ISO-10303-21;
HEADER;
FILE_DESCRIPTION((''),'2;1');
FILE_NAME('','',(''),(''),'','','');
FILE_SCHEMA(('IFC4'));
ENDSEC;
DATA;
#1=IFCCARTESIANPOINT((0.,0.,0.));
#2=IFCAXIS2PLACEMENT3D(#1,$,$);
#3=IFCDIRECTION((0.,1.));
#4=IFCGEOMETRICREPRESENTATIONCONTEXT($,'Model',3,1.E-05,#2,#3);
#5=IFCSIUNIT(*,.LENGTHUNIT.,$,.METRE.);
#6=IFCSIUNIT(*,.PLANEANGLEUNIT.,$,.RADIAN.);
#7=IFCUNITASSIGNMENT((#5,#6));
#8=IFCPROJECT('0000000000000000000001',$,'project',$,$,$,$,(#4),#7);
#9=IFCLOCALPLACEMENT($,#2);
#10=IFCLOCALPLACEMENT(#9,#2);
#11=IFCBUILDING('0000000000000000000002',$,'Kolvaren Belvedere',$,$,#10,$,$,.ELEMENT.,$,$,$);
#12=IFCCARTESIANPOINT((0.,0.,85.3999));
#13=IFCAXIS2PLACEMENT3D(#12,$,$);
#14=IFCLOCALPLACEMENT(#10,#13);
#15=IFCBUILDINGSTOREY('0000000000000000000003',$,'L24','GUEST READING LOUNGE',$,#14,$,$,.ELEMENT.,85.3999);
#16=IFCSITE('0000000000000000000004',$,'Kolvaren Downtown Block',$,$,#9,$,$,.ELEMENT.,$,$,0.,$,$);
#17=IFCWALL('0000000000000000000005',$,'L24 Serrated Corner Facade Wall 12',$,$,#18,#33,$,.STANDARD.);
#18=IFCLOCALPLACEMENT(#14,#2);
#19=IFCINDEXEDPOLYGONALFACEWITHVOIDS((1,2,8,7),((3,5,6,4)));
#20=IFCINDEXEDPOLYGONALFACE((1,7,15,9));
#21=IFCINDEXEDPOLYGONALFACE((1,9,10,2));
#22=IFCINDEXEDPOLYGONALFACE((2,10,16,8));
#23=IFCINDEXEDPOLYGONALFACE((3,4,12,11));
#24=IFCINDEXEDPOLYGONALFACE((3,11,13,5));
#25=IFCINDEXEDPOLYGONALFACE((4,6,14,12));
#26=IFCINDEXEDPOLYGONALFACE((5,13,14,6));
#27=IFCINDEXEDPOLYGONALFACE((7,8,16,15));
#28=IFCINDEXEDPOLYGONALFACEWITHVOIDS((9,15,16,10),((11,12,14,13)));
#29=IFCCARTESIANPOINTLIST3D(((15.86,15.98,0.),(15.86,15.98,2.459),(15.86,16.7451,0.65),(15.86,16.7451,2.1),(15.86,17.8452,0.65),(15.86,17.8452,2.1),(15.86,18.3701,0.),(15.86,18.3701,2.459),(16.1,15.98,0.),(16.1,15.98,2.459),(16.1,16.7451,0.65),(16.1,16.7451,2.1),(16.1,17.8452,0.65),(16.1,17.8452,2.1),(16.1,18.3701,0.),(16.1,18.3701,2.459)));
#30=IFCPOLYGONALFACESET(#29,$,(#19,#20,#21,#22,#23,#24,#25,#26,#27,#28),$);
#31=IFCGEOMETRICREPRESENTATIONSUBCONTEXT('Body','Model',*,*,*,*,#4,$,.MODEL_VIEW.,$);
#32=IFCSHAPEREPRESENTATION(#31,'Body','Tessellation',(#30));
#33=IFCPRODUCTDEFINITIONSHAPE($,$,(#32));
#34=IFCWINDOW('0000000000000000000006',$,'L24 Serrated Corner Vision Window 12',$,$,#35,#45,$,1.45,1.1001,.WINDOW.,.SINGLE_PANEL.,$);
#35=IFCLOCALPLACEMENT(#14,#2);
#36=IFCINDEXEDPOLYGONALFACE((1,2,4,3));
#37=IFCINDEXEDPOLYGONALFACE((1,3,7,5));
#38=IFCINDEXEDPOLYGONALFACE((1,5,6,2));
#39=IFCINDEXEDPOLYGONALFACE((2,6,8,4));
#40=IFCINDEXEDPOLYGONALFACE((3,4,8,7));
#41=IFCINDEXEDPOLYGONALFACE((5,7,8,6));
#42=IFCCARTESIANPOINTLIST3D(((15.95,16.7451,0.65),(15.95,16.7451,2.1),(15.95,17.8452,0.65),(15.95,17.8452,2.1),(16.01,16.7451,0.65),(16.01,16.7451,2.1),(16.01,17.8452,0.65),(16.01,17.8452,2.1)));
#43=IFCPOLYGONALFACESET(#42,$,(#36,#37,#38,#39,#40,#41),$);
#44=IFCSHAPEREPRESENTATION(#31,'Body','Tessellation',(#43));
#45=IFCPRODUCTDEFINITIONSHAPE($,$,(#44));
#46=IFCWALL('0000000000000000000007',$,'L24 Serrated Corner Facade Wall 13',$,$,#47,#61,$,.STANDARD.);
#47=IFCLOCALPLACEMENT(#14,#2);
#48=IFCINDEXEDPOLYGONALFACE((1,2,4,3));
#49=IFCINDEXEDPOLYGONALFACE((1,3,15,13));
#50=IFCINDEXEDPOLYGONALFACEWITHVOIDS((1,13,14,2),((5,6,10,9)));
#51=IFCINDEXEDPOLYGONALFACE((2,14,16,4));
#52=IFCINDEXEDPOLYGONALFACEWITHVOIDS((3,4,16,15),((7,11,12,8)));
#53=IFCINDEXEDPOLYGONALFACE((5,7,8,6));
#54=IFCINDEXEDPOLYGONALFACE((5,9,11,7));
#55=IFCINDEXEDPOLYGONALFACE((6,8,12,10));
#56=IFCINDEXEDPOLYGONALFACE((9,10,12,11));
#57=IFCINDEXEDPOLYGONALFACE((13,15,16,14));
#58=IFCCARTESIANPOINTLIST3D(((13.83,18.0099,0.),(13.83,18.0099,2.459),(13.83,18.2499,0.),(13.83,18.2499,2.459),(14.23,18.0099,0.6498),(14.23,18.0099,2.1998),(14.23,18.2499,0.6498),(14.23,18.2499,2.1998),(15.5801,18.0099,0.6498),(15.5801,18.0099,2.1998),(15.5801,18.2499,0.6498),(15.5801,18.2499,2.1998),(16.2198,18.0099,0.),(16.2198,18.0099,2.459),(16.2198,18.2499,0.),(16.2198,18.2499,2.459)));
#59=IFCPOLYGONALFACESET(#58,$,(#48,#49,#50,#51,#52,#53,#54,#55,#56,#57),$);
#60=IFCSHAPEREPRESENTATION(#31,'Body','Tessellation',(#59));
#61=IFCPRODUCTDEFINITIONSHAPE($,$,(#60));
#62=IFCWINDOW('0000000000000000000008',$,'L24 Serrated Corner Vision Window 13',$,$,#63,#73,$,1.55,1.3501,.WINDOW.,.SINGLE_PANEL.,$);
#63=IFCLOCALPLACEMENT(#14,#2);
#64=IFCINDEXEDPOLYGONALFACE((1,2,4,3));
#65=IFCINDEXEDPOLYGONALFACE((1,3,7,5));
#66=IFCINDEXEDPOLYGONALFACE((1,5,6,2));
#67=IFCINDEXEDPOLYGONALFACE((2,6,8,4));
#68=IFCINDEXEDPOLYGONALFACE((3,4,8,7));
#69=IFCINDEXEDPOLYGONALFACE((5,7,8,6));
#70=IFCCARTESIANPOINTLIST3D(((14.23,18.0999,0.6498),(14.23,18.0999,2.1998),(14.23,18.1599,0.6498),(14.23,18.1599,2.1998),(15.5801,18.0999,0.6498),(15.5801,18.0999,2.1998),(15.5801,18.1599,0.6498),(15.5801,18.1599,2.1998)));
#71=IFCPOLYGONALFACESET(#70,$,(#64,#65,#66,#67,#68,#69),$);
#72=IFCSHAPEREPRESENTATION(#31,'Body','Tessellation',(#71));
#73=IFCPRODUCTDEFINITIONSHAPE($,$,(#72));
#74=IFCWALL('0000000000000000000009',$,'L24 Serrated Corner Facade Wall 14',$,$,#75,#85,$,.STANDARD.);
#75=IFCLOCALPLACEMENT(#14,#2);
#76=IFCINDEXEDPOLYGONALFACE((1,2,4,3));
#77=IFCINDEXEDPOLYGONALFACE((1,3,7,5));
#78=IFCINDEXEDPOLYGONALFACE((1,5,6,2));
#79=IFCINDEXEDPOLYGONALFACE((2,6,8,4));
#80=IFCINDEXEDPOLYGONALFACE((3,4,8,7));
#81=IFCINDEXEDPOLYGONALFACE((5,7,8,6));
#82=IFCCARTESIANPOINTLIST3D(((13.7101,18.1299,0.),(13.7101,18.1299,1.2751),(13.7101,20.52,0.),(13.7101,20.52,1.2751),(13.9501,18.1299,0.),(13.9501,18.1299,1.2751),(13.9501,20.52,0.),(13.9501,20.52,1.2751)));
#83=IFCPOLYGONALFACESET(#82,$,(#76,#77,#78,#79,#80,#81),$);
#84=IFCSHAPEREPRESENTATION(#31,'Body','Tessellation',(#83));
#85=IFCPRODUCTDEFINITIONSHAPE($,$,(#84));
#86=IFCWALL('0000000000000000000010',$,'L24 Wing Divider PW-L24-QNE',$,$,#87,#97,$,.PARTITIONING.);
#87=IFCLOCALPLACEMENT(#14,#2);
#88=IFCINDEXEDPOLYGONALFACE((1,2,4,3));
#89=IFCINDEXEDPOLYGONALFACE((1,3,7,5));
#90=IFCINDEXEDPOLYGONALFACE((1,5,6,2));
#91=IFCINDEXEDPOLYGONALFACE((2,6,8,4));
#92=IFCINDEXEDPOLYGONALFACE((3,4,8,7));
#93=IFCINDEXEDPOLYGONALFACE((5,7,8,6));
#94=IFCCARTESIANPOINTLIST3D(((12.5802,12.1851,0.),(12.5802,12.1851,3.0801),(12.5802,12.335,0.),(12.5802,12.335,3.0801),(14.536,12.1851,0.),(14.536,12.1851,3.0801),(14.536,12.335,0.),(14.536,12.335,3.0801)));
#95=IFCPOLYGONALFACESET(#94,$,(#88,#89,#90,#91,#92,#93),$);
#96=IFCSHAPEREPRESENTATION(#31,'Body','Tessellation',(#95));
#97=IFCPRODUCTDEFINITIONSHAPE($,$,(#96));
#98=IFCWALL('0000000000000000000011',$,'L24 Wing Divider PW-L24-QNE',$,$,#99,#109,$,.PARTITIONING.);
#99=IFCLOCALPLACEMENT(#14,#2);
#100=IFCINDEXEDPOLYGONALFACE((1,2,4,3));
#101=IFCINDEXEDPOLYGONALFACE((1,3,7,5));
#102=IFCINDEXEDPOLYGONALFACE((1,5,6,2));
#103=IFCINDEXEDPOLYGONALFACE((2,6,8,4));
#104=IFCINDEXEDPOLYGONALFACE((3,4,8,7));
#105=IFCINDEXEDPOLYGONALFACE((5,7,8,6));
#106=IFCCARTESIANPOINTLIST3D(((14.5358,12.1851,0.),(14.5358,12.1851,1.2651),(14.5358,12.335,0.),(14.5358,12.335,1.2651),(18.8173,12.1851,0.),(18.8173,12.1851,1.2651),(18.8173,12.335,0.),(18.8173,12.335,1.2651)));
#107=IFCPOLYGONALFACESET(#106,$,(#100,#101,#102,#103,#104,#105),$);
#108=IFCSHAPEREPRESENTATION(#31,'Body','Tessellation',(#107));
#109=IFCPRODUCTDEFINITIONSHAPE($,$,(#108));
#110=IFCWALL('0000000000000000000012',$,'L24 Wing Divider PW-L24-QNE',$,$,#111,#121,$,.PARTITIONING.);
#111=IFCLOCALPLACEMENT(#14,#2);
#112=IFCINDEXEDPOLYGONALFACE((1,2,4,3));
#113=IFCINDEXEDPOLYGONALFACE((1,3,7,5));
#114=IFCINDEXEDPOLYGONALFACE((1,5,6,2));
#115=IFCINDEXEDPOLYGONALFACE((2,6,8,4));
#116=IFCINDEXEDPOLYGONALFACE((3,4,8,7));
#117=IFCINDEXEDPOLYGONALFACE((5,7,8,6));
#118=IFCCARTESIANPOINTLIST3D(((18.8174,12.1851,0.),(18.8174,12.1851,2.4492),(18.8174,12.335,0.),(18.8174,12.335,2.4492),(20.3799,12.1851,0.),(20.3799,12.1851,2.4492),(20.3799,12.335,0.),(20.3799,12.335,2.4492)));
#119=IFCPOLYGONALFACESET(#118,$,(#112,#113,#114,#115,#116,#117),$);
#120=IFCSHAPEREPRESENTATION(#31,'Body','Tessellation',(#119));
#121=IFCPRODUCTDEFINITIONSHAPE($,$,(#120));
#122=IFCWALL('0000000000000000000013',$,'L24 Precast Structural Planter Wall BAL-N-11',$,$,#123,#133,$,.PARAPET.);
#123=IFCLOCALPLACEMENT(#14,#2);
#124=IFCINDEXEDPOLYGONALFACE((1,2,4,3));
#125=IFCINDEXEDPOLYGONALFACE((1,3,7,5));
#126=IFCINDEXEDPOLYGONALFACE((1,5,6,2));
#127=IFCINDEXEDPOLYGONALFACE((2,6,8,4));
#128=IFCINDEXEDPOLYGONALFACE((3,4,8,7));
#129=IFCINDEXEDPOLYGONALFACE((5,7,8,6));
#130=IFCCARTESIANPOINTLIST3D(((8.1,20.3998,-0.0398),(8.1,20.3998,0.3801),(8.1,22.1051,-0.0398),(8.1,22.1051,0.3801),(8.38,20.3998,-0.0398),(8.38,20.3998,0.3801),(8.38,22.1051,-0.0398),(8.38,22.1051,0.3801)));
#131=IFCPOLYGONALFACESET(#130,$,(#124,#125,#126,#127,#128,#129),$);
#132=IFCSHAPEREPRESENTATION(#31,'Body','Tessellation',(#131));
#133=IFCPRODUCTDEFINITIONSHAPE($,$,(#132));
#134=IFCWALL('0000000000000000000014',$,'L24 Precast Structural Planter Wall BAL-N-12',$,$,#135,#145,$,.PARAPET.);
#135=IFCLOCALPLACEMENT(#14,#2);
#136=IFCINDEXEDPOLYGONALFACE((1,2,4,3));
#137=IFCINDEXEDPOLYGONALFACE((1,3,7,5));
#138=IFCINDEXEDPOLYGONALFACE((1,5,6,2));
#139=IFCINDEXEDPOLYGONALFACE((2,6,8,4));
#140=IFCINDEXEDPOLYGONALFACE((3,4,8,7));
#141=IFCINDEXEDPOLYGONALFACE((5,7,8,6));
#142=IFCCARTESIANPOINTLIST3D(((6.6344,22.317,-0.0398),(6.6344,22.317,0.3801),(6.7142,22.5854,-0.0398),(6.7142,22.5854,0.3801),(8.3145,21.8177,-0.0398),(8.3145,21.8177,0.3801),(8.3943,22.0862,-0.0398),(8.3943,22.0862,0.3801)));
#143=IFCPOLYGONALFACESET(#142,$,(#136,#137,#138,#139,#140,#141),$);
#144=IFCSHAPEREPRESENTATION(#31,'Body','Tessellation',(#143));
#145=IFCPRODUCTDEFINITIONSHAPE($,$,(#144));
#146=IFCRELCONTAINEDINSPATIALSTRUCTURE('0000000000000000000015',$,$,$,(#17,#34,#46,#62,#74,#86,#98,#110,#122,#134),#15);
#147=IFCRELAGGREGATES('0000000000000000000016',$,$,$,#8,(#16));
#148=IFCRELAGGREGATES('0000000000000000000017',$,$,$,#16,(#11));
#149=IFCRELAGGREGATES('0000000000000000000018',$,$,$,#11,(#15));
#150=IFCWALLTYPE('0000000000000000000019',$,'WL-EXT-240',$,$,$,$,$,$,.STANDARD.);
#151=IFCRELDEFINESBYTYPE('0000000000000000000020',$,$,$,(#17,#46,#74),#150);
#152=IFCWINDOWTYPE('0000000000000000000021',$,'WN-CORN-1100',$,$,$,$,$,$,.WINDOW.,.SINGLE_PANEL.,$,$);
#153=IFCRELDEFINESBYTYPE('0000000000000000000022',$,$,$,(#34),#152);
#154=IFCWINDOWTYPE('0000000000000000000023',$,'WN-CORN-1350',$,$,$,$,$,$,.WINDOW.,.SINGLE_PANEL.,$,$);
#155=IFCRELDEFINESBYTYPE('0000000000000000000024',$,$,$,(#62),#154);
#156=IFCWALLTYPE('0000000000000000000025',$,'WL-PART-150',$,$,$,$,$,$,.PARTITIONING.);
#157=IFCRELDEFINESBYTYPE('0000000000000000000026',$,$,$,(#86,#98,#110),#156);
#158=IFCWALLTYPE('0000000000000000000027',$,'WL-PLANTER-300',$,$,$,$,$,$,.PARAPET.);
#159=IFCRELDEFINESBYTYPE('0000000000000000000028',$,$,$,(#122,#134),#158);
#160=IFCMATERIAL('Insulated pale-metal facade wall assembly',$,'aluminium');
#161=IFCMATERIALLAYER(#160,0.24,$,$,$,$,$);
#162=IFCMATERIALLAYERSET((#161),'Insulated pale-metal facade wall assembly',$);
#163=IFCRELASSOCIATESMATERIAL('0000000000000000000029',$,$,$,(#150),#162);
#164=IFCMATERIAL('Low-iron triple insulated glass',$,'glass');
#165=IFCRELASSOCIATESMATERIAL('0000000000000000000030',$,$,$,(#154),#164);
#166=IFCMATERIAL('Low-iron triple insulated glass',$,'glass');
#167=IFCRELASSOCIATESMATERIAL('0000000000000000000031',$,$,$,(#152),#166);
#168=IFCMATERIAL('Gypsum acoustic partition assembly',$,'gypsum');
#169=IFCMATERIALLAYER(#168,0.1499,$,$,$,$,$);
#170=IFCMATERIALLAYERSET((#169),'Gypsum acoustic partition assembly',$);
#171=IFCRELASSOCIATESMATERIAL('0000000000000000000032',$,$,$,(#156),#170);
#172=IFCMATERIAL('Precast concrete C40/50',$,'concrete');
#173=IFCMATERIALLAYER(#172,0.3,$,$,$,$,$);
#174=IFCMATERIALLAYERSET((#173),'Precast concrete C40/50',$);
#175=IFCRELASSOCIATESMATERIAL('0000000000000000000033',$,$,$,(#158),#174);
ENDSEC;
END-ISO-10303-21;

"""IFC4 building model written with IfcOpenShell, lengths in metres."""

from ifc_helpers import new_model, si_unit, direction, frame, frame_2d, origin, place, context, subcontext, project, spatial, rectangle, extrude, material, layer, layer_set, type_object, element, fill, save


model = new_model("IFC4")

# Units and contexts
model_context = context("Model", 3, precision=1e-05, world=origin(), true_north=direction((0.0, 1.0)))
body_context = subcontext(model_context, "Body", "Model", "MODEL_VIEW")
ifc_project = project(units=[si_unit("LENGTHUNIT", "METRE"), si_unit("PLANEANGLEUNIT", "RADIAN")], contexts=[model_context])

# Site, building, storey
site_placement = place(None, origin())
site = spatial("IfcSite", under=ifc_project, at=site_placement, Name="Kolvaren Downtown Block", CompositionType="ELEMENT", RefElevation=0.0)
building_placement = place(site_placement, origin())
building = spatial("IfcBuilding", under=site, at=building_placement, Name="Kolvaren Belvedere", CompositionType="ELEMENT")
storey_placement = place(building_placement, frame((0.0, 0.0, 85.3999)))
storey = spatial("IfcBuildingStorey", under=building, at=storey_placement, Name="L24", Description="GUEST READING LOUNGE", CompositionType="ELEMENT", Elevation=85.3999)

# Shared definitions
ifc_material_1 = material(Name="Insulated pale-metal facade wall assembly", Category="aluminium")
ifc_layer_1 = layer(ifc_material_1, 0.24)
ifc_layer_set_1 = layer_set([ifc_layer_1], Name="Insulated pale-metal facade wall assembly")
wall_type_1 = type_object("IfcWallType", Name="WL-EXT-240", PredefinedType="STANDARD", material=ifc_layer_set_1)

# Walls, openings, windows
ifc_material_2 = material(Name="Low-iron triple insulated glass", Category="glass")
window_type_1 = type_object("IfcWindowType", Name="WN-CORN-1350", PartitioningType="SINGLE_PANEL", PredefinedType="WINDOW", material=ifc_material_2)
ifc_material_3 = material(Name="Low-iron triple insulated glass", Category="glass")
window_type_2 = type_object("IfcWindowType", Name="WN-CORN-1100", PartitioningType="SINGLE_PANEL", PredefinedType="WINDOW", material=ifc_material_3)
wall_1_placement = place(storey_placement, frame((15.98, 18.3701, 0.0), z_axis=(0.0, 0.0, 1.0), x_axis=(0.0, -1.0, 0.0)))
wall_1 = element("IfcWall", 1, at=wall_1_placement, inside=storey, type_object=wall_type_1, Name="L24 Serrated Corner Facade Wall 12", PredefinedType="STANDARD", context=body_context, shape_type="SweptSolid", body=[
    extrude(rectangle(XDim=2.3901, YDim=0.24, at=frame_2d((1.1951, 0.0))), origin(), (0.0, 0.0, 1.0), 2.459),
])
opening_1_placement = place(wall_1_placement, frame((0.5249, 0.0, 0.6499)))
opening_1 = element("IfcOpeningElement", 2, at=opening_1_placement, cuts=wall_1, PredefinedType="OPENING", context=body_context, shape_type="SweptSolid", body=[
    extrude(rectangle(XDim=1.1001, YDim=1.45, at=frame_2d((0.55, 0.7251))), frame((0.0, 0.1299, 0.0), z_axis=(0.0, -1.0, 0.0), x_axis=(1.0, 0.0, 0.0)), (0.0, 0.0, 1.0), 0.26),
])
window_1_placement = place(opening_1_placement, origin())
window_1 = element("IfcWindow", 3, at=window_1_placement, inside=storey, type_object=window_type_2, Name="L24 Serrated Corner Vision Window 12", OverallHeight=1.45, OverallWidth=1.1001, PartitioningType="SINGLE_PANEL", PredefinedType="WINDOW", context=body_context, shape_type="SweptSolid", body=[
    extrude(rectangle(XDim=1.1001, YDim=1.45, at=frame_2d((0.55, 0.7251))), frame((0.0, 0.03, 0.0), z_axis=(0.0, -1.0, 0.0), x_axis=(1.0, 0.0, 0.0)), (0.0, 0.0, 1.0), 0.0601),
])
fill(opening_1, window_1)
wall_2_placement = place(storey_placement, frame((13.8301, 18.1299, 0.0), z_axis=(0.0, 0.0, 1.0), x_axis=(1.0, 0.0, 0.0)))
wall_2 = element("IfcWall", 4, at=wall_2_placement, inside=storey, type_object=wall_type_1, Name="L24 Serrated Corner Facade Wall 13", PredefinedType="STANDARD", context=body_context, shape_type="SweptSolid", body=[
    extrude(rectangle(XDim=2.3899, YDim=0.24, at=frame_2d((1.1948, 0.0))), origin(), (0.0, 0.0, 1.0), 2.459),
])
opening_2_placement = place(wall_2_placement, frame((0.3999, 0.0, 0.6499)))
opening_2 = element("IfcOpeningElement", 5, at=opening_2_placement, cuts=wall_2, PredefinedType="OPENING", context=body_context, shape_type="SweptSolid", body=[
    extrude(rectangle(XDim=1.3501, YDim=1.55, at=frame_2d((0.675, 0.7749))), frame((0.0, 0.1299, 0.0), z_axis=(0.0, -1.0, 0.0), x_axis=(1.0, 0.0, 0.0)), (0.0, 0.0, 1.0), 0.26),
])
window_2_placement = place(opening_2_placement, origin())
window_2 = element("IfcWindow", 6, at=window_2_placement, inside=storey, type_object=window_type_1, Name="L24 Serrated Corner Vision Window 13", OverallHeight=1.55, OverallWidth=1.3501, PartitioningType="SINGLE_PANEL", PredefinedType="WINDOW", context=body_context, shape_type="SweptSolid", body=[
    extrude(rectangle(XDim=1.3501, YDim=1.55, at=frame_2d((0.675, 0.7749))), frame((0.0, 0.03, 0.0), z_axis=(0.0, -1.0, 0.0), x_axis=(1.0, 0.0, 0.0)), (0.0, 0.0, 1.0), 0.0601),
])
fill(opening_2, window_2)

# Walls
wall_3_placement = place(storey_placement, frame((13.8301, 20.52, 0.0), z_axis=(0.0, 0.0, 1.0), x_axis=(0.0, -1.0, 0.0)))
element("IfcWall", 7, at=wall_3_placement, inside=storey, type_object=wall_type_1, Name="L24 Serrated Corner Facade Wall 14", PredefinedType="STANDARD", context=body_context, shape_type="SweptSolid", body=[
    extrude(rectangle(XDim=2.3901, YDim=0.24, at=frame_2d((1.1951, 0.0))), origin(), (0.0, 0.0, 1.0), 1.2751),
])
ifc_material_4 = material(Name="Gypsum acoustic partition assembly", Category="gypsum")
ifc_layer_2 = layer(ifc_material_4, 0.1499)
ifc_layer_set_2 = layer_set([ifc_layer_2], Name="Gypsum acoustic partition assembly")
wall_type_2 = type_object("IfcWallType", Name="WL-PART-150", PredefinedType="PARTITIONING", material=ifc_layer_set_2)
wall_4_placement = place(storey_placement, frame((12.5801, 12.26, 0.0), z_axis=(0.0, 0.0, 1.0), x_axis=(1.0, 0.0, 0.0)))
element("IfcWall", 8, at=wall_4_placement, inside=storey, type_object=wall_type_2, Name="L24 Wing Divider PW-L24-QNE", PredefinedType="PARTITIONING", context=body_context, shape_type="SweptSolid", body=[
    extrude(rectangle(XDim=1.9558, YDim=0.1499, at=frame_2d((0.978, 0.0))), origin(), (0.0, 0.0, 1.0), 3.0801),
])
wall_5_placement = place(storey_placement, frame((14.5359, 12.26, 0.0), z_axis=(0.0, 0.0, 1.0), x_axis=(1.0, 0.0, 0.0)))
element("IfcWall", 9, at=wall_5_placement, inside=storey, type_object=wall_type_2, Name="L24 Wing Divider PW-L24-QNE", PredefinedType="PARTITIONING", context=body_context, shape_type="SweptSolid", body=[
    extrude(rectangle(XDim=4.2815, YDim=0.1499, at=frame_2d((2.1406, 0.0))), origin(), (0.0, 0.0, 1.0), 1.2651),
])
wall_6_placement = place(storey_placement, frame((18.8174, 12.26, 0.0), z_axis=(0.0, 0.0, 1.0), x_axis=(1.0, 0.0, 0.0)))
element("IfcWall", 10, at=wall_6_placement, inside=storey, type_object=wall_type_2, Name="L24 Wing Divider PW-L24-QNE", PredefinedType="PARTITIONING", context=body_context, shape_type="SweptSolid", body=[
    extrude(rectangle(XDim=1.5625, YDim=0.1499, at=frame_2d((0.7812, 0.0))), origin(), (0.0, 0.0, 1.0), 2.4492),
])
ifc_material_5 = material(Name="Precast concrete C40/50", Category="concrete")
ifc_layer_3 = layer(ifc_material_5, 0.3)
ifc_layer_set_3 = layer_set([ifc_layer_3], Name="Precast concrete C40/50")
wall_type_3 = type_object("IfcWallType", Name="WL-PLANTER-300", PredefinedType="PARAPET", material=ifc_layer_set_3)
wall_7_placement = place(storey_placement, frame((8.24, 20.3999, -0.0398), z_axis=(0.0, 0.0, 1.0), x_axis=(0.0, 1.0, 0.0)))
element("IfcWall", 11, at=wall_7_placement, inside=storey, type_object=wall_type_3, Name="L24 Precast Structural Planter Wall BAL-N-11", PredefinedType="PARAPET", context=body_context, shape_type="SweptSolid", body=[
    extrude(rectangle(XDim=1.7053, YDim=0.28, at=frame_2d((0.8525, 0.0))), origin(), (0.0, 0.0, 1.0), 0.4199),
])
wall_8_placement = place(storey_placement, frame((8.3545, 21.9519, -0.0398), z_axis=(0.0, 0.0, 1.0), x_axis=(-0.958574, 0.284842, 0.0)))
element("IfcWall", 12, at=wall_8_placement, inside=storey, type_object=wall_type_3, Name="L24 Precast Structural Planter Wall BAL-N-12", PredefinedType="PARAPET", context=body_context, shape_type="SweptSolid", body=[
    extrude(rectangle(XDim=1.7527, YDim=0.28, at=frame_2d((0.8765, 0.0))), origin(), (0.0, 0.0, 1.0), 0.4199),
])

save(model, "model.ifc")
